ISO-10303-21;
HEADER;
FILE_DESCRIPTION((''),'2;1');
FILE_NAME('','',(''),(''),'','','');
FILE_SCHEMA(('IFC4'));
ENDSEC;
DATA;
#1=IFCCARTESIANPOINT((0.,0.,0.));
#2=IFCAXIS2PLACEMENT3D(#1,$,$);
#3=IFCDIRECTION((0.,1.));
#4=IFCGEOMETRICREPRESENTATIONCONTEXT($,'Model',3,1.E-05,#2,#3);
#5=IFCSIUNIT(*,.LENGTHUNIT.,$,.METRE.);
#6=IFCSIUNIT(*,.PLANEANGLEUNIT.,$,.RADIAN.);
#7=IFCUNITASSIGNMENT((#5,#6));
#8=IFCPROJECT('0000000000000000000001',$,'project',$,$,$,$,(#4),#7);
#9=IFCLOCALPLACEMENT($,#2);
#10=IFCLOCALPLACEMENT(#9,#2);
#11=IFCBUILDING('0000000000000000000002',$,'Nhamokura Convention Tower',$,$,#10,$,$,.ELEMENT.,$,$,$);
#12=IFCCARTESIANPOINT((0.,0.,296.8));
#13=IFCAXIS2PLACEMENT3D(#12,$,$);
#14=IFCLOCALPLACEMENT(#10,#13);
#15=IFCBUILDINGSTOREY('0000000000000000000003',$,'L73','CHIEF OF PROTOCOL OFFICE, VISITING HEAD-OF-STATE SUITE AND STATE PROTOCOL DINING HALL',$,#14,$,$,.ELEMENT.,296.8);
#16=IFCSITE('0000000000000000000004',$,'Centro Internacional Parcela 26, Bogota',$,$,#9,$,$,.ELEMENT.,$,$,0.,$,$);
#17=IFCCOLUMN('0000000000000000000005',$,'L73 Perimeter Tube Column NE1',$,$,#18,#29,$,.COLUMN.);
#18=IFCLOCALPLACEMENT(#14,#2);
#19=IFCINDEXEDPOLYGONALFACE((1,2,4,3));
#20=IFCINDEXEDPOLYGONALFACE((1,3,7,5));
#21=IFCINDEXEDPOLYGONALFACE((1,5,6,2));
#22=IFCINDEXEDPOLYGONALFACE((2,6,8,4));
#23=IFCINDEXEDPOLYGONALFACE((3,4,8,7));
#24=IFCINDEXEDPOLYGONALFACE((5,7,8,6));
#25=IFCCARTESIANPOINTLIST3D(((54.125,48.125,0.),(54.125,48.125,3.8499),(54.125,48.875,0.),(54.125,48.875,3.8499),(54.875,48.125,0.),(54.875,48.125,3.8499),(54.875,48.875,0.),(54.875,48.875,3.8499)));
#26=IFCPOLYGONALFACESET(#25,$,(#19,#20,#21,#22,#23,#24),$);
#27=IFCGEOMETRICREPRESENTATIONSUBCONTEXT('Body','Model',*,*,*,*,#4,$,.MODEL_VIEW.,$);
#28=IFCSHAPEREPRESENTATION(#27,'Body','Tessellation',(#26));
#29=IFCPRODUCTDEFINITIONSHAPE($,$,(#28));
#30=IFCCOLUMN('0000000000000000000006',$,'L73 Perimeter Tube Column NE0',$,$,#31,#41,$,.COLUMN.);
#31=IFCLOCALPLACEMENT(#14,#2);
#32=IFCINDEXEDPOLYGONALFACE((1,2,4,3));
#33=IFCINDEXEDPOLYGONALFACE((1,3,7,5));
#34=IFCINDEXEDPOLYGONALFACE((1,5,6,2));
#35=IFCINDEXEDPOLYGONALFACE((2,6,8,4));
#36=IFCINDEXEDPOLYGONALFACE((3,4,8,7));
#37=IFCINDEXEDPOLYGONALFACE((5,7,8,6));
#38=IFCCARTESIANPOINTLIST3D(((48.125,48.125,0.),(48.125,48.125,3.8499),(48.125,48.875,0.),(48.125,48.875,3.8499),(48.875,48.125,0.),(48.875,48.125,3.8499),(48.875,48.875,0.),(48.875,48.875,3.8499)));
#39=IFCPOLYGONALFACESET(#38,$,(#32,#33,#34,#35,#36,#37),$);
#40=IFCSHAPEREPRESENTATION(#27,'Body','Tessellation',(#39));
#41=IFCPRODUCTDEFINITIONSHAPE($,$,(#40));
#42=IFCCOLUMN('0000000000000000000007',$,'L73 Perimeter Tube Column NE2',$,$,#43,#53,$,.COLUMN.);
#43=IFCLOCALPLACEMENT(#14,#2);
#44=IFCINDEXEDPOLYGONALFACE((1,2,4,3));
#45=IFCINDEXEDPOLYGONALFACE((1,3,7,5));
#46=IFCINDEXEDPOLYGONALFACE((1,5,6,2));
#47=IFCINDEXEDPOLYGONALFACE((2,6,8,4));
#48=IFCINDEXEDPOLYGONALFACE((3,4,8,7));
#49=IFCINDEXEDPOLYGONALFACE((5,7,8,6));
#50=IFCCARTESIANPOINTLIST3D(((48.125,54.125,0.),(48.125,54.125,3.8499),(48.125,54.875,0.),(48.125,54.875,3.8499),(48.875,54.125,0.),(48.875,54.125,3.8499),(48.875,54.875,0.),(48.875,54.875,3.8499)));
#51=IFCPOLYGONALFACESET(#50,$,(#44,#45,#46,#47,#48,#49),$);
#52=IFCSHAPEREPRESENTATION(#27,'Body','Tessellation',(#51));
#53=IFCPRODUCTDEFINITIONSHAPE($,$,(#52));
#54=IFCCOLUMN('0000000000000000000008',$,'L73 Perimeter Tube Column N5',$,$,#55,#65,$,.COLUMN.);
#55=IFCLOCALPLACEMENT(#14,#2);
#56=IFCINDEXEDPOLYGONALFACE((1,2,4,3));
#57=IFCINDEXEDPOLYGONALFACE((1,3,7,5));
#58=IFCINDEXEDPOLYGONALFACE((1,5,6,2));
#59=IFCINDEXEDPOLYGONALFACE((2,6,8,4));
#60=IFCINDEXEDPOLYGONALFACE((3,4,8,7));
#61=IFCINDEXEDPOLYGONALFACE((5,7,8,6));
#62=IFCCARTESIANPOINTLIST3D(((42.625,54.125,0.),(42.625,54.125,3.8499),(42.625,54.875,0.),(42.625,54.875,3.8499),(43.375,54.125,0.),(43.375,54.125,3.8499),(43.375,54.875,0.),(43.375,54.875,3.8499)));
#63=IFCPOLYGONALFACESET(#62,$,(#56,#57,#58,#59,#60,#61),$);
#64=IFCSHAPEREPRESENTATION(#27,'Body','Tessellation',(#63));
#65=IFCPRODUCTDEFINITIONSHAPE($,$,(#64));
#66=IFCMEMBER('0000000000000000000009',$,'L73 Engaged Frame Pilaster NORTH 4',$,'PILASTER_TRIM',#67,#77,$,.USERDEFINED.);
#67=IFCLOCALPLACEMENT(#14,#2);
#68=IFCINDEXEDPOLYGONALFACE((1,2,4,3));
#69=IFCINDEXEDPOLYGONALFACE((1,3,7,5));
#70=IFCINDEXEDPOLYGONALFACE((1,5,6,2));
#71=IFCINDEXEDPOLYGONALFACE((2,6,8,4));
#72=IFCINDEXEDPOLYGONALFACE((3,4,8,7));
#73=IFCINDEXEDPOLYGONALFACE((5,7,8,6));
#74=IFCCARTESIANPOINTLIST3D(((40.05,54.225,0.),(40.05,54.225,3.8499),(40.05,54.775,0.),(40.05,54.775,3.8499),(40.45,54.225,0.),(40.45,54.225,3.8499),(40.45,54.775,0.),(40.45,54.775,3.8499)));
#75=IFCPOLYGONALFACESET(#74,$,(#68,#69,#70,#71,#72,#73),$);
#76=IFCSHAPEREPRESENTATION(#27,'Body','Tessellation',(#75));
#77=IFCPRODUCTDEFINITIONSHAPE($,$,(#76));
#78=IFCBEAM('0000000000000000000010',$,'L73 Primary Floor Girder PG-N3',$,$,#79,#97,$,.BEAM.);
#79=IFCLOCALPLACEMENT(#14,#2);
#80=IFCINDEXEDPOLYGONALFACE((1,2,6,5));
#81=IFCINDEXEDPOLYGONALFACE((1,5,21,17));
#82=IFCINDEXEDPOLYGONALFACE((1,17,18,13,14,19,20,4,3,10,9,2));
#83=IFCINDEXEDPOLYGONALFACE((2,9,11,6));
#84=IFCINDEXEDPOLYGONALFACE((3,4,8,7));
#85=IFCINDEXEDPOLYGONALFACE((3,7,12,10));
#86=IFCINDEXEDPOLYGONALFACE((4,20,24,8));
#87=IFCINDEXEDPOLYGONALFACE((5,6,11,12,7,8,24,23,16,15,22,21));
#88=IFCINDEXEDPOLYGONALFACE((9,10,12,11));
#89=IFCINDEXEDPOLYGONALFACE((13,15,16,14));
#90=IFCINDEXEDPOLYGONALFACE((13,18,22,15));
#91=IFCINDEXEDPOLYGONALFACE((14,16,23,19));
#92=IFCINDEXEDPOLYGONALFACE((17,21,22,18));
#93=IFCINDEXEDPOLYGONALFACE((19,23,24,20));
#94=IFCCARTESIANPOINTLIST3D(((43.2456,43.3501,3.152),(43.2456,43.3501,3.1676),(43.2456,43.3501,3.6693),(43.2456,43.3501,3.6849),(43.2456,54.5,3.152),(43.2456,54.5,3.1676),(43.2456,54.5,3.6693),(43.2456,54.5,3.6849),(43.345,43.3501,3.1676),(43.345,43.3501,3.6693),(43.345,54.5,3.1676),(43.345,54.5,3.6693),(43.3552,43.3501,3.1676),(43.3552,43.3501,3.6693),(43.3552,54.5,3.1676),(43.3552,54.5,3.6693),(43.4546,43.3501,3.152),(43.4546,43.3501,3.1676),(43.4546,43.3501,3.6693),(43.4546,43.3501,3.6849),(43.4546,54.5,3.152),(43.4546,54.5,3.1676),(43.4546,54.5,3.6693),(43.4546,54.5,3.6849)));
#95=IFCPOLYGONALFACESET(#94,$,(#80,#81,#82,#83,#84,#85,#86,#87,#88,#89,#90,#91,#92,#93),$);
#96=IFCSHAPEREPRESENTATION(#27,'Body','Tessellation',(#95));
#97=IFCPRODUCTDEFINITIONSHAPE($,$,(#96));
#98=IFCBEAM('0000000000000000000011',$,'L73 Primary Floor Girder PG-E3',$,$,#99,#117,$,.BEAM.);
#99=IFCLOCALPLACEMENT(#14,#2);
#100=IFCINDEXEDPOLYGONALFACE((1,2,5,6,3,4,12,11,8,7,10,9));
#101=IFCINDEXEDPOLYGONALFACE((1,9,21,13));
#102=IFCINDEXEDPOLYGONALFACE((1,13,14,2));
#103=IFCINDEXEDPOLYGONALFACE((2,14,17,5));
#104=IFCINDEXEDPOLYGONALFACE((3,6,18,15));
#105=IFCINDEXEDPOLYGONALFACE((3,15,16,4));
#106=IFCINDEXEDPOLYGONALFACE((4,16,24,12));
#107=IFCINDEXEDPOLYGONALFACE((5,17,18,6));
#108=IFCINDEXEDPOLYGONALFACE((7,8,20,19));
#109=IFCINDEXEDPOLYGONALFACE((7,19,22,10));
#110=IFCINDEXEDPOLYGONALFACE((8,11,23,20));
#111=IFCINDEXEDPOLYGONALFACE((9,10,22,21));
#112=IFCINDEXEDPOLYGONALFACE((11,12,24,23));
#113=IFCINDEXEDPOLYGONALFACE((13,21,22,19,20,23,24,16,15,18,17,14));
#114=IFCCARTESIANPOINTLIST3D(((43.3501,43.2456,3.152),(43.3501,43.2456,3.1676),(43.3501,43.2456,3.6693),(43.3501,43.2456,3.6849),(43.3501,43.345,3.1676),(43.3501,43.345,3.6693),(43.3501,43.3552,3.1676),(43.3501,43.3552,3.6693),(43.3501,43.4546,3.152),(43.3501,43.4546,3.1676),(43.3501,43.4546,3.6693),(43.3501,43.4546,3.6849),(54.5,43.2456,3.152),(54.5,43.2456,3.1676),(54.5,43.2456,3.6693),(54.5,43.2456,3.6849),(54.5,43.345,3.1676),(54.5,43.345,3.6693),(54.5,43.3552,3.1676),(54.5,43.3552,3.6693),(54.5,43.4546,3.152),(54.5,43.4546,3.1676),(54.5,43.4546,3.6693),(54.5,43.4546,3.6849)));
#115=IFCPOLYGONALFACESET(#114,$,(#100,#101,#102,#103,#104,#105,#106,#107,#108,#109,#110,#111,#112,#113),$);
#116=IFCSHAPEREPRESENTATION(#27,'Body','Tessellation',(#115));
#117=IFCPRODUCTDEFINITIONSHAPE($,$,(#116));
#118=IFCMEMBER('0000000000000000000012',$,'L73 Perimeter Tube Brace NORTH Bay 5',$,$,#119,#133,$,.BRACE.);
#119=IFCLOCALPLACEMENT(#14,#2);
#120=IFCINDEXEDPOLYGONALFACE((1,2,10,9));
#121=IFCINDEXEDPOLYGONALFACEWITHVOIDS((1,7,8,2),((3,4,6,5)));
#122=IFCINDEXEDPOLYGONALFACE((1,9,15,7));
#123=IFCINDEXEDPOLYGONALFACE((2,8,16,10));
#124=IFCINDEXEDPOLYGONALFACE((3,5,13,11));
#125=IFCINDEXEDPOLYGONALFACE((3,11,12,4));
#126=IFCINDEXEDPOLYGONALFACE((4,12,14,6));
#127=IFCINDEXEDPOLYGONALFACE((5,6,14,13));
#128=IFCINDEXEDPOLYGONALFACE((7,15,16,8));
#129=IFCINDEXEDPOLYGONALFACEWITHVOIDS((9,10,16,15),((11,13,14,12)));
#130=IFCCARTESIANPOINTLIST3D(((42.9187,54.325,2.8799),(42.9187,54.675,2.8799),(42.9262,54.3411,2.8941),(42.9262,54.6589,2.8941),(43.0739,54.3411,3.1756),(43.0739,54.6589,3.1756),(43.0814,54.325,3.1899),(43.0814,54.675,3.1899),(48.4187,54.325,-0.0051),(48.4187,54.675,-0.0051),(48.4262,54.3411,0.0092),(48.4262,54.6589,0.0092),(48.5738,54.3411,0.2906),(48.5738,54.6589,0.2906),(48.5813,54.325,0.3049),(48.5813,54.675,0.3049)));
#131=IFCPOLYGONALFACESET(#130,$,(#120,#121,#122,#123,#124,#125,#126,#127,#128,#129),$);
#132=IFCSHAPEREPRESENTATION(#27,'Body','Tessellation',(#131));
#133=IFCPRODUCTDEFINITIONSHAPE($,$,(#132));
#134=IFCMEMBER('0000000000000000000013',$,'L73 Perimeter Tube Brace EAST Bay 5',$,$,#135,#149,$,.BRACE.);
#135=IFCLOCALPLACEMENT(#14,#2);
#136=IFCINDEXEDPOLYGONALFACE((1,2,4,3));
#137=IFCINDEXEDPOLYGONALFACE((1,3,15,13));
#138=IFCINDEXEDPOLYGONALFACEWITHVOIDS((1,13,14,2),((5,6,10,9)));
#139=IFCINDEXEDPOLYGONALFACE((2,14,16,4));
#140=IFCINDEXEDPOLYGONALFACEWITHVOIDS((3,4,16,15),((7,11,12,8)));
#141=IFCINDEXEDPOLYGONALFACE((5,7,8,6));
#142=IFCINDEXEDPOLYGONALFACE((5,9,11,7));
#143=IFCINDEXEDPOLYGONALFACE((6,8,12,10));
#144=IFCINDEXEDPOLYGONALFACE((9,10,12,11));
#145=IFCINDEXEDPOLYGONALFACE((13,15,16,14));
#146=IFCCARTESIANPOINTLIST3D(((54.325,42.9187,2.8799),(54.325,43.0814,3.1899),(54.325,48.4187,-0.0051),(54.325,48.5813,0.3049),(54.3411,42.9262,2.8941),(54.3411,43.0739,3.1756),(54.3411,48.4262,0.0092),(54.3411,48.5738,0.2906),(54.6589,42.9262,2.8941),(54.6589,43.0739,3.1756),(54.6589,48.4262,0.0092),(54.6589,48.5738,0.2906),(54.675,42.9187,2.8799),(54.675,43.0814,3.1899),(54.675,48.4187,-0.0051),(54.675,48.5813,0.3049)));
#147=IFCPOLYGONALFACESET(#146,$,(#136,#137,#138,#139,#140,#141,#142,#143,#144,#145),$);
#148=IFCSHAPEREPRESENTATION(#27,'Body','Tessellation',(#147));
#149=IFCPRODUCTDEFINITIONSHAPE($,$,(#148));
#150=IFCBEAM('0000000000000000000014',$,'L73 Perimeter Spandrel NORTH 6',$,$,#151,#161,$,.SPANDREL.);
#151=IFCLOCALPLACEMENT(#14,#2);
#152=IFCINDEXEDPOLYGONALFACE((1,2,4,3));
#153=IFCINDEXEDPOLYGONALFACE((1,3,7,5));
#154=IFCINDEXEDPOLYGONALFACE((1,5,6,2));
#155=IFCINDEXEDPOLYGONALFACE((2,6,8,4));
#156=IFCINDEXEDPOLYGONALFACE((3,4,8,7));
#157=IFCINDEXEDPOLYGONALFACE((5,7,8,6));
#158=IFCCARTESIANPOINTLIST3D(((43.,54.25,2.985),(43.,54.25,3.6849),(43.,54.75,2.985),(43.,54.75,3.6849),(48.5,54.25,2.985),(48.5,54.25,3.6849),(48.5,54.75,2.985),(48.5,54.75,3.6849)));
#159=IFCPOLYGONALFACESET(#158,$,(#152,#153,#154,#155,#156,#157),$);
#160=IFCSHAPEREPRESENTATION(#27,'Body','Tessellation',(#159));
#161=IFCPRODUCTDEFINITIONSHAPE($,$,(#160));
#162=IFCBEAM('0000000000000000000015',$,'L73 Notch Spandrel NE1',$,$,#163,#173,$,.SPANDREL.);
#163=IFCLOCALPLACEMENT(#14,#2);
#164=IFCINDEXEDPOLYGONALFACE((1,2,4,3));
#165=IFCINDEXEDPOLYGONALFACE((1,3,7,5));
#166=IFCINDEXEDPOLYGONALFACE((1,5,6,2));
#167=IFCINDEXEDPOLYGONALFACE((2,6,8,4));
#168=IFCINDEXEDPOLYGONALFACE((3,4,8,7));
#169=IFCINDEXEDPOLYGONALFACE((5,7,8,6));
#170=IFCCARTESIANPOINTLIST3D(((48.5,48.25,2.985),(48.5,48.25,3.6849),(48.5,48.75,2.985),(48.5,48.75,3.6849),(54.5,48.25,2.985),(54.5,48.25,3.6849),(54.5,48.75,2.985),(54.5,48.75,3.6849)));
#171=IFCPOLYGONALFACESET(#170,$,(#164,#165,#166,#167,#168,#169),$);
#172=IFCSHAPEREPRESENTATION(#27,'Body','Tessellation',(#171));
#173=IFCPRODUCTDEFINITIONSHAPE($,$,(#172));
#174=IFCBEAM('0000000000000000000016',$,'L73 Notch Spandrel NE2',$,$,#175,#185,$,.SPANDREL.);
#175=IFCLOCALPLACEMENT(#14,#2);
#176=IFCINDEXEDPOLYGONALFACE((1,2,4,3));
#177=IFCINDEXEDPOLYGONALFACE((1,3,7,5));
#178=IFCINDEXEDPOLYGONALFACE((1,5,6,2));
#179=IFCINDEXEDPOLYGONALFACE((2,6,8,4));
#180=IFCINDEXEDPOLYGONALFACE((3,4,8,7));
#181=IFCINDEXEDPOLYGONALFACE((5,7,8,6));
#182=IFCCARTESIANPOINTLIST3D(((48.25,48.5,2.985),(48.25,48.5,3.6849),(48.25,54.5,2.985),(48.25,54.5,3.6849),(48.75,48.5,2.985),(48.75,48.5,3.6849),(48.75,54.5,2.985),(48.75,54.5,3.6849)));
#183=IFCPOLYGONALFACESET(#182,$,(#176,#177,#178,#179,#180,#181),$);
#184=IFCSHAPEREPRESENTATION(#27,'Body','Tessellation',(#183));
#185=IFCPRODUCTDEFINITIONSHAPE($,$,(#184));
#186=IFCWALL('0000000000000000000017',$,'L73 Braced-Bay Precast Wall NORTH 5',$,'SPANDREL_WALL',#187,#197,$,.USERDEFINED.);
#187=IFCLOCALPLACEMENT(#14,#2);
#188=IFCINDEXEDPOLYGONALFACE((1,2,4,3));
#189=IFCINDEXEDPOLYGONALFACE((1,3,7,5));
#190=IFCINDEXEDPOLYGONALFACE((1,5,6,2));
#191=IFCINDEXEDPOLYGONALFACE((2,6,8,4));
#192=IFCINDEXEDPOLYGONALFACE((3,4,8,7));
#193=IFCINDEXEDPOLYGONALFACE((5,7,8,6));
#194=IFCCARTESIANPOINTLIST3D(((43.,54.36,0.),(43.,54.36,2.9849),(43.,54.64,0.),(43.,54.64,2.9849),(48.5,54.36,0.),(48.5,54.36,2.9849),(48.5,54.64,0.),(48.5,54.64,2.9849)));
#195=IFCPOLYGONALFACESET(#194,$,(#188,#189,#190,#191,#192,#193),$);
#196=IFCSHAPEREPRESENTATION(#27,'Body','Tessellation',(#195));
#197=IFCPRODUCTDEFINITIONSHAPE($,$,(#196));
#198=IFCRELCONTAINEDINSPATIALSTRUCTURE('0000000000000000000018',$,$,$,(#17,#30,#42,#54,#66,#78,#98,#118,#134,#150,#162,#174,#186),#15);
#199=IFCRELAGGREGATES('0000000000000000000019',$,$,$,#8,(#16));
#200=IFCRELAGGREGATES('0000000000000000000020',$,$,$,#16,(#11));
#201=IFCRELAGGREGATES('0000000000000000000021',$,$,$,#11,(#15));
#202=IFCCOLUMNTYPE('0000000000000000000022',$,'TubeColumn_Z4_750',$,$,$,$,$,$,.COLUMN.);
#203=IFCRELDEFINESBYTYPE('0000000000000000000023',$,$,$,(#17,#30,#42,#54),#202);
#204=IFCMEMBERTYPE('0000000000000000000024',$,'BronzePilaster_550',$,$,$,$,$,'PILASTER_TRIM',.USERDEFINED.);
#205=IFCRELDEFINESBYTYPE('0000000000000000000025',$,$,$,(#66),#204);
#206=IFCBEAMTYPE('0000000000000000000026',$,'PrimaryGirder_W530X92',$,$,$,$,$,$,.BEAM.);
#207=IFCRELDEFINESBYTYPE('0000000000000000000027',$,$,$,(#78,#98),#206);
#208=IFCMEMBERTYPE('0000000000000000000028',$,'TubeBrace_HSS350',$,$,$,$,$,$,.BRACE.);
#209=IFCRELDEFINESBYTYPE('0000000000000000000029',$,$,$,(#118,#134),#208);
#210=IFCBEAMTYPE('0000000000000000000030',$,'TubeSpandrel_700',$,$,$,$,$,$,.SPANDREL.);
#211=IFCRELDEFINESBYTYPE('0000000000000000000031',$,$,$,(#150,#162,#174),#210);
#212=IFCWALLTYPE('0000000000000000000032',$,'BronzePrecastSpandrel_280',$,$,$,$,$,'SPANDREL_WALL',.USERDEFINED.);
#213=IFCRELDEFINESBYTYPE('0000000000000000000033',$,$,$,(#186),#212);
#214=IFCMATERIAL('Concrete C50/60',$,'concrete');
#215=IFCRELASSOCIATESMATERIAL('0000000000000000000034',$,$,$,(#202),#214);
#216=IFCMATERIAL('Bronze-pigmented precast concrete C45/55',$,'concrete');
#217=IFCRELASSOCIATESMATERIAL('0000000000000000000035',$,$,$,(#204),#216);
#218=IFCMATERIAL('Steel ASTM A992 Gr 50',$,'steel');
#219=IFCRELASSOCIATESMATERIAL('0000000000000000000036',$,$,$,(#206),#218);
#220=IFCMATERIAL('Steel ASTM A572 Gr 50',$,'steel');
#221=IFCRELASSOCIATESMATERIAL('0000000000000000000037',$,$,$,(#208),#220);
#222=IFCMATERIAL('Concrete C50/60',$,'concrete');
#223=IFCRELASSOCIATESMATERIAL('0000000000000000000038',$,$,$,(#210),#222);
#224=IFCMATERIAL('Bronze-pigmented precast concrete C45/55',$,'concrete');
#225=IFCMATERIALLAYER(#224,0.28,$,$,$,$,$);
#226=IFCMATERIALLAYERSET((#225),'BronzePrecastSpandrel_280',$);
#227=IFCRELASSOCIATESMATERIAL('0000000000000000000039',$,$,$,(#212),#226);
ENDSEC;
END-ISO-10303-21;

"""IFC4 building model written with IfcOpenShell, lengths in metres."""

from ifc_helpers import new_model, si_unit, direction, frame, frame_2d, origin, origin_2d, place, context, subcontext, project, spatial, rectangle, hollow_rectangle, i_section, extrude, material, layer, layer_set, material_profile, profile_set, type_object, element, save


model = new_model("IFC4")

# Units and contexts
model_context = context("Model", 3, precision=1e-05, world=origin(), true_north=direction((0.0, 1.0)))
body_context = subcontext(model_context, "Body", "Model", "MODEL_VIEW")
ifc_project = project(units=[si_unit("LENGTHUNIT", "METRE"), si_unit("PLANEANGLEUNIT", "RADIAN")], contexts=[model_context])

# Site, building, storey
site_placement = place(None, origin())
site = spatial("IfcSite", under=ifc_project, at=site_placement, Name="Centro Internacional Parcela 26, Bogota", CompositionType="ELEMENT", RefElevation=0.0)
building_placement = place(site_placement, origin())
building = spatial("IfcBuilding", under=site, at=building_placement, Name="Nhamokura Convention Tower", CompositionType="ELEMENT")
storey_placement = place(building_placement, frame((0.0, 0.0, 296.8)))
storey = spatial("IfcBuildingStorey", under=building, at=storey_placement, Name="L73", Description="CHIEF OF PROTOCOL OFFICE, VISITING HEAD-OF-STATE SUITE AND STATE PROTOCOL DINING HALL", CompositionType="ELEMENT", Elevation=296.8)

# Columns
ifc_material_1 = material(Name="Concrete C50/60", Category="concrete")
ifc_material_profile_1 = material_profile(ifc_material_1, rectangle(XDim=0.75, YDim=0.75, at=origin_2d()))
ifc_profile_set_1 = profile_set([ifc_material_profile_1], Name="Concrete C50/60")
column_type = type_object("IfcColumnType", Name="TubeColumn_Z4_750", PredefinedType="COLUMN", material=ifc_profile_set_1)
for number, where, z_axis, x_axis, name in (
    (1, (54.5, 48.5, 0.0), (0.0, 0.0, 1.0), (1.0, 0.0, 0.0), "L73 Perimeter Tube Column NE1"),
    (2, (48.5, 48.5, 0.0), (0.0, 0.0, 1.0), (1.0, 0.0, 0.0), "L73 Perimeter Tube Column NE0"),
    (3, (48.5, 54.5, 0.0), (0.0, 0.0, 1.0), (1.0, 0.0, 0.0), "L73 Perimeter Tube Column NE2"),
    (4, (43.0, 54.5, 0.0), (0.0, 0.0, 1.0), (1.0, 0.0, 0.0), "L73 Perimeter Tube Column N5"),
):
    element("IfcColumn", number, at=place(storey_placement, frame(where, z_axis=z_axis, x_axis=x_axis)), inside=storey, type_object=column_type, Name=name, PredefinedType="COLUMN", context=body_context, shape_type="SweptSolid", body=[
        extrude(rectangle(XDim=0.75, YDim=0.75, at=origin_2d()), origin(), (0.0, 0.0, 1.0), 3.8499),
    ])

# Member
ifc_material_2 = material(Name="Bronze-pigmented precast concrete C45/55", Category="concrete")
ifc_material_profile_2 = material_profile(ifc_material_2, rectangle(XDim=0.3999, YDim=0.55, at=origin_2d()))
ifc_profile_set_2 = profile_set([ifc_material_profile_2], Name="Bronze-pigmented precast concrete C45/55")
member_type_1 = type_object("IfcMemberType", Name="BronzePilaster_550", ElementType="PILASTER_TRIM", PredefinedType="USERDEFINED", material=ifc_profile_set_2)
member_placement = place(storey_placement, frame((40.25, 54.5, 0.0), z_axis=(0.0, 0.0, 1.0), x_axis=(1.0, 0.0, 0.0)))
element("IfcMember", 5, at=member_placement, inside=storey, type_object=member_type_1, Name="L73 Engaged Frame Pilaster NORTH 4", ObjectType="PILASTER_TRIM", PredefinedType="USERDEFINED", context=body_context, shape_type="SweptSolid", body=[
    extrude(rectangle(XDim=0.3999, YDim=0.55, at=origin_2d()), origin(), (0.0, 0.0, 1.0), 3.8499),
])

# Beams
ifc_material_3 = material(Name="Steel ASTM A992 Gr 50", Category="steel")
ifc_material_profile_3 = material_profile(ifc_material_3, i_section(OverallWidth=0.209, OverallDepth=0.533, WebThickness=0.0103, FlangeThickness=0.0156, at=origin_2d()))
ifc_profile_set_3 = profile_set([ifc_material_profile_3], Name="Steel ASTM A992 Gr 50")
beam_type_1 = type_object("IfcBeamType", Name="PrimaryGirder_W530X92", PredefinedType="BEAM", material=ifc_profile_set_3)
for number, where, z_axis, x_axis, name in (
    (6, (43.3501, 43.3501, 3.4185), (0.0, 1.0, 0.0), (-1.0, 0.0, 0.0), "L73 Primary Floor Girder PG-N3"),
    (7, (43.3501, 43.3501, 3.4185), (1.0, 0.0, 0.0), (0.0, 1.0, 0.0), "L73 Primary Floor Girder PG-E3"),
):
    element("IfcBeam", number, at=place(storey_placement, frame(where, z_axis=z_axis, x_axis=x_axis)), inside=storey, type_object=beam_type_1, Name=name, PredefinedType="BEAM", context=body_context, shape_type="SweptSolid", body=[
        extrude(i_section(OverallWidth=0.209, OverallDepth=0.533, WebThickness=0.0103, FlangeThickness=0.0156, at=origin_2d()), origin(), (0.0, 0.0, 1.0), 11.1499),
    ])

# Members
ifc_material_4 = material(Name="Steel ASTM A572 Gr 50", Category="steel")
ifc_material_profile_4 = material_profile(ifc_material_4, hollow_rectangle(XDim=0.3501, YDim=0.3501, WallThickness=0.0161, at=origin_2d()))
ifc_profile_set_4 = profile_set([ifc_material_profile_4], Name="Steel ASTM A572 Gr 50")
member_type_2 = type_object("IfcMemberType", Name="TubeBrace_HSS350", PredefinedType="BRACE", material=ifc_profile_set_4)
for number, where, z_axis, x_axis, name in (
    (8, (48.5, 54.5, 0.1499), (-0.885563, 0.0, 0.46452), (0.0, -1.0, 0.0), "L73 Perimeter Tube Brace NORTH Bay 5"),
    (9, (54.5, 48.5, 0.1499), (0.0, -0.885563, 0.46452), (1.0, 0.0, 0.0), "L73 Perimeter Tube Brace EAST Bay 5"),
):
    element("IfcMember", number, at=place(storey_placement, frame(where, z_axis=z_axis, x_axis=x_axis)), inside=storey, type_object=member_type_2, Name=name, PredefinedType="BRACE", context=body_context, shape_type="SweptSolid", body=[
        extrude(hollow_rectangle(XDim=0.3501, YDim=0.3501, WallThickness=0.0161, at=origin_2d()), origin(), (0.0, 0.0, 1.0), 6.2107),
    ])

# Beams
ifc_material_5 = material(Name="Concrete C50/60", Category="concrete")
ifc_material_profile_5 = material_profile(ifc_material_5, rectangle(XDim=0.5, YDim=0.7, at=origin_2d()))
ifc_profile_set_5 = profile_set([ifc_material_profile_5], Name="Concrete C50/60")
beam_type_2 = type_object("IfcBeamType", Name="TubeSpandrel_700", PredefinedType="SPANDREL", material=ifc_profile_set_5)
beam_placement = place(storey_placement, frame((43.0, 54.5, 3.335), z_axis=(1.0, 0.0, 0.0), x_axis=(0.0, 1.0, 0.0)))
element("IfcBeam", 10, at=beam_placement, inside=storey, type_object=beam_type_2, Name="L73 Perimeter Spandrel NORTH 6", PredefinedType="SPANDREL", context=body_context, shape_type="SweptSolid", body=[
    extrude(rectangle(XDim=0.5, YDim=0.7, at=origin_2d()), origin(), (0.0, 0.0, 1.0), 5.5),
])
for number, where, z_axis, x_axis, name in (
    (11, (54.5, 48.5, 3.335), (-1.0, 0.0, 0.0), (0.0, -1.0, 0.0), "L73 Notch Spandrel NE1"),
    (12, (48.5, 48.5, 3.335), (0.0, 1.0, 0.0), (-1.0, 0.0, 0.0), "L73 Notch Spandrel NE2"),
):
    element("IfcBeam", number, at=place(storey_placement, frame(where, z_axis=z_axis, x_axis=x_axis)), inside=storey, type_object=beam_type_2, Name=name, PredefinedType="SPANDREL", context=body_context, shape_type="SweptSolid", body=[
        extrude(rectangle(XDim=0.5, YDim=0.7, at=origin_2d()), origin(), (0.0, 0.0, 1.0), 6.0),
    ])

# Wall
ifc_material_6 = material(Name="Bronze-pigmented precast concrete C45/55", Category="concrete")
ifc_layer_1 = layer(ifc_material_6, 0.28)
ifc_layer_set_1 = layer_set([ifc_layer_1], Name="BronzePrecastSpandrel_280")
wall_type_1 = type_object("IfcWallType", Name="BronzePrecastSpandrel_280", ElementType="SPANDREL_WALL", PredefinedType="USERDEFINED", material=ifc_layer_set_1)
for number, where, z_axis, x_axis, name in (
    (13, (43.0, 54.5, 0.0), (0.0, 0.0, 1.0), (1.0, 0.0, 0.0), "L73 Braced-Bay Precast Wall NORTH 5"),
):
    element("IfcWall", number, at=place(storey_placement, frame(where, z_axis=z_axis, x_axis=x_axis)), inside=storey, type_object=wall_type_1, Name=name, ObjectType="SPANDREL_WALL", PredefinedType="USERDEFINED", context=body_context, shape_type="SweptSolid", body=[
        extrude(rectangle(XDim=5.5, YDim=0.28, at=frame_2d((2.75, 0.0))), origin(), (0.0, 0.0, 1.0), 2.9849),
    ])

save(model, "model.ifc")
